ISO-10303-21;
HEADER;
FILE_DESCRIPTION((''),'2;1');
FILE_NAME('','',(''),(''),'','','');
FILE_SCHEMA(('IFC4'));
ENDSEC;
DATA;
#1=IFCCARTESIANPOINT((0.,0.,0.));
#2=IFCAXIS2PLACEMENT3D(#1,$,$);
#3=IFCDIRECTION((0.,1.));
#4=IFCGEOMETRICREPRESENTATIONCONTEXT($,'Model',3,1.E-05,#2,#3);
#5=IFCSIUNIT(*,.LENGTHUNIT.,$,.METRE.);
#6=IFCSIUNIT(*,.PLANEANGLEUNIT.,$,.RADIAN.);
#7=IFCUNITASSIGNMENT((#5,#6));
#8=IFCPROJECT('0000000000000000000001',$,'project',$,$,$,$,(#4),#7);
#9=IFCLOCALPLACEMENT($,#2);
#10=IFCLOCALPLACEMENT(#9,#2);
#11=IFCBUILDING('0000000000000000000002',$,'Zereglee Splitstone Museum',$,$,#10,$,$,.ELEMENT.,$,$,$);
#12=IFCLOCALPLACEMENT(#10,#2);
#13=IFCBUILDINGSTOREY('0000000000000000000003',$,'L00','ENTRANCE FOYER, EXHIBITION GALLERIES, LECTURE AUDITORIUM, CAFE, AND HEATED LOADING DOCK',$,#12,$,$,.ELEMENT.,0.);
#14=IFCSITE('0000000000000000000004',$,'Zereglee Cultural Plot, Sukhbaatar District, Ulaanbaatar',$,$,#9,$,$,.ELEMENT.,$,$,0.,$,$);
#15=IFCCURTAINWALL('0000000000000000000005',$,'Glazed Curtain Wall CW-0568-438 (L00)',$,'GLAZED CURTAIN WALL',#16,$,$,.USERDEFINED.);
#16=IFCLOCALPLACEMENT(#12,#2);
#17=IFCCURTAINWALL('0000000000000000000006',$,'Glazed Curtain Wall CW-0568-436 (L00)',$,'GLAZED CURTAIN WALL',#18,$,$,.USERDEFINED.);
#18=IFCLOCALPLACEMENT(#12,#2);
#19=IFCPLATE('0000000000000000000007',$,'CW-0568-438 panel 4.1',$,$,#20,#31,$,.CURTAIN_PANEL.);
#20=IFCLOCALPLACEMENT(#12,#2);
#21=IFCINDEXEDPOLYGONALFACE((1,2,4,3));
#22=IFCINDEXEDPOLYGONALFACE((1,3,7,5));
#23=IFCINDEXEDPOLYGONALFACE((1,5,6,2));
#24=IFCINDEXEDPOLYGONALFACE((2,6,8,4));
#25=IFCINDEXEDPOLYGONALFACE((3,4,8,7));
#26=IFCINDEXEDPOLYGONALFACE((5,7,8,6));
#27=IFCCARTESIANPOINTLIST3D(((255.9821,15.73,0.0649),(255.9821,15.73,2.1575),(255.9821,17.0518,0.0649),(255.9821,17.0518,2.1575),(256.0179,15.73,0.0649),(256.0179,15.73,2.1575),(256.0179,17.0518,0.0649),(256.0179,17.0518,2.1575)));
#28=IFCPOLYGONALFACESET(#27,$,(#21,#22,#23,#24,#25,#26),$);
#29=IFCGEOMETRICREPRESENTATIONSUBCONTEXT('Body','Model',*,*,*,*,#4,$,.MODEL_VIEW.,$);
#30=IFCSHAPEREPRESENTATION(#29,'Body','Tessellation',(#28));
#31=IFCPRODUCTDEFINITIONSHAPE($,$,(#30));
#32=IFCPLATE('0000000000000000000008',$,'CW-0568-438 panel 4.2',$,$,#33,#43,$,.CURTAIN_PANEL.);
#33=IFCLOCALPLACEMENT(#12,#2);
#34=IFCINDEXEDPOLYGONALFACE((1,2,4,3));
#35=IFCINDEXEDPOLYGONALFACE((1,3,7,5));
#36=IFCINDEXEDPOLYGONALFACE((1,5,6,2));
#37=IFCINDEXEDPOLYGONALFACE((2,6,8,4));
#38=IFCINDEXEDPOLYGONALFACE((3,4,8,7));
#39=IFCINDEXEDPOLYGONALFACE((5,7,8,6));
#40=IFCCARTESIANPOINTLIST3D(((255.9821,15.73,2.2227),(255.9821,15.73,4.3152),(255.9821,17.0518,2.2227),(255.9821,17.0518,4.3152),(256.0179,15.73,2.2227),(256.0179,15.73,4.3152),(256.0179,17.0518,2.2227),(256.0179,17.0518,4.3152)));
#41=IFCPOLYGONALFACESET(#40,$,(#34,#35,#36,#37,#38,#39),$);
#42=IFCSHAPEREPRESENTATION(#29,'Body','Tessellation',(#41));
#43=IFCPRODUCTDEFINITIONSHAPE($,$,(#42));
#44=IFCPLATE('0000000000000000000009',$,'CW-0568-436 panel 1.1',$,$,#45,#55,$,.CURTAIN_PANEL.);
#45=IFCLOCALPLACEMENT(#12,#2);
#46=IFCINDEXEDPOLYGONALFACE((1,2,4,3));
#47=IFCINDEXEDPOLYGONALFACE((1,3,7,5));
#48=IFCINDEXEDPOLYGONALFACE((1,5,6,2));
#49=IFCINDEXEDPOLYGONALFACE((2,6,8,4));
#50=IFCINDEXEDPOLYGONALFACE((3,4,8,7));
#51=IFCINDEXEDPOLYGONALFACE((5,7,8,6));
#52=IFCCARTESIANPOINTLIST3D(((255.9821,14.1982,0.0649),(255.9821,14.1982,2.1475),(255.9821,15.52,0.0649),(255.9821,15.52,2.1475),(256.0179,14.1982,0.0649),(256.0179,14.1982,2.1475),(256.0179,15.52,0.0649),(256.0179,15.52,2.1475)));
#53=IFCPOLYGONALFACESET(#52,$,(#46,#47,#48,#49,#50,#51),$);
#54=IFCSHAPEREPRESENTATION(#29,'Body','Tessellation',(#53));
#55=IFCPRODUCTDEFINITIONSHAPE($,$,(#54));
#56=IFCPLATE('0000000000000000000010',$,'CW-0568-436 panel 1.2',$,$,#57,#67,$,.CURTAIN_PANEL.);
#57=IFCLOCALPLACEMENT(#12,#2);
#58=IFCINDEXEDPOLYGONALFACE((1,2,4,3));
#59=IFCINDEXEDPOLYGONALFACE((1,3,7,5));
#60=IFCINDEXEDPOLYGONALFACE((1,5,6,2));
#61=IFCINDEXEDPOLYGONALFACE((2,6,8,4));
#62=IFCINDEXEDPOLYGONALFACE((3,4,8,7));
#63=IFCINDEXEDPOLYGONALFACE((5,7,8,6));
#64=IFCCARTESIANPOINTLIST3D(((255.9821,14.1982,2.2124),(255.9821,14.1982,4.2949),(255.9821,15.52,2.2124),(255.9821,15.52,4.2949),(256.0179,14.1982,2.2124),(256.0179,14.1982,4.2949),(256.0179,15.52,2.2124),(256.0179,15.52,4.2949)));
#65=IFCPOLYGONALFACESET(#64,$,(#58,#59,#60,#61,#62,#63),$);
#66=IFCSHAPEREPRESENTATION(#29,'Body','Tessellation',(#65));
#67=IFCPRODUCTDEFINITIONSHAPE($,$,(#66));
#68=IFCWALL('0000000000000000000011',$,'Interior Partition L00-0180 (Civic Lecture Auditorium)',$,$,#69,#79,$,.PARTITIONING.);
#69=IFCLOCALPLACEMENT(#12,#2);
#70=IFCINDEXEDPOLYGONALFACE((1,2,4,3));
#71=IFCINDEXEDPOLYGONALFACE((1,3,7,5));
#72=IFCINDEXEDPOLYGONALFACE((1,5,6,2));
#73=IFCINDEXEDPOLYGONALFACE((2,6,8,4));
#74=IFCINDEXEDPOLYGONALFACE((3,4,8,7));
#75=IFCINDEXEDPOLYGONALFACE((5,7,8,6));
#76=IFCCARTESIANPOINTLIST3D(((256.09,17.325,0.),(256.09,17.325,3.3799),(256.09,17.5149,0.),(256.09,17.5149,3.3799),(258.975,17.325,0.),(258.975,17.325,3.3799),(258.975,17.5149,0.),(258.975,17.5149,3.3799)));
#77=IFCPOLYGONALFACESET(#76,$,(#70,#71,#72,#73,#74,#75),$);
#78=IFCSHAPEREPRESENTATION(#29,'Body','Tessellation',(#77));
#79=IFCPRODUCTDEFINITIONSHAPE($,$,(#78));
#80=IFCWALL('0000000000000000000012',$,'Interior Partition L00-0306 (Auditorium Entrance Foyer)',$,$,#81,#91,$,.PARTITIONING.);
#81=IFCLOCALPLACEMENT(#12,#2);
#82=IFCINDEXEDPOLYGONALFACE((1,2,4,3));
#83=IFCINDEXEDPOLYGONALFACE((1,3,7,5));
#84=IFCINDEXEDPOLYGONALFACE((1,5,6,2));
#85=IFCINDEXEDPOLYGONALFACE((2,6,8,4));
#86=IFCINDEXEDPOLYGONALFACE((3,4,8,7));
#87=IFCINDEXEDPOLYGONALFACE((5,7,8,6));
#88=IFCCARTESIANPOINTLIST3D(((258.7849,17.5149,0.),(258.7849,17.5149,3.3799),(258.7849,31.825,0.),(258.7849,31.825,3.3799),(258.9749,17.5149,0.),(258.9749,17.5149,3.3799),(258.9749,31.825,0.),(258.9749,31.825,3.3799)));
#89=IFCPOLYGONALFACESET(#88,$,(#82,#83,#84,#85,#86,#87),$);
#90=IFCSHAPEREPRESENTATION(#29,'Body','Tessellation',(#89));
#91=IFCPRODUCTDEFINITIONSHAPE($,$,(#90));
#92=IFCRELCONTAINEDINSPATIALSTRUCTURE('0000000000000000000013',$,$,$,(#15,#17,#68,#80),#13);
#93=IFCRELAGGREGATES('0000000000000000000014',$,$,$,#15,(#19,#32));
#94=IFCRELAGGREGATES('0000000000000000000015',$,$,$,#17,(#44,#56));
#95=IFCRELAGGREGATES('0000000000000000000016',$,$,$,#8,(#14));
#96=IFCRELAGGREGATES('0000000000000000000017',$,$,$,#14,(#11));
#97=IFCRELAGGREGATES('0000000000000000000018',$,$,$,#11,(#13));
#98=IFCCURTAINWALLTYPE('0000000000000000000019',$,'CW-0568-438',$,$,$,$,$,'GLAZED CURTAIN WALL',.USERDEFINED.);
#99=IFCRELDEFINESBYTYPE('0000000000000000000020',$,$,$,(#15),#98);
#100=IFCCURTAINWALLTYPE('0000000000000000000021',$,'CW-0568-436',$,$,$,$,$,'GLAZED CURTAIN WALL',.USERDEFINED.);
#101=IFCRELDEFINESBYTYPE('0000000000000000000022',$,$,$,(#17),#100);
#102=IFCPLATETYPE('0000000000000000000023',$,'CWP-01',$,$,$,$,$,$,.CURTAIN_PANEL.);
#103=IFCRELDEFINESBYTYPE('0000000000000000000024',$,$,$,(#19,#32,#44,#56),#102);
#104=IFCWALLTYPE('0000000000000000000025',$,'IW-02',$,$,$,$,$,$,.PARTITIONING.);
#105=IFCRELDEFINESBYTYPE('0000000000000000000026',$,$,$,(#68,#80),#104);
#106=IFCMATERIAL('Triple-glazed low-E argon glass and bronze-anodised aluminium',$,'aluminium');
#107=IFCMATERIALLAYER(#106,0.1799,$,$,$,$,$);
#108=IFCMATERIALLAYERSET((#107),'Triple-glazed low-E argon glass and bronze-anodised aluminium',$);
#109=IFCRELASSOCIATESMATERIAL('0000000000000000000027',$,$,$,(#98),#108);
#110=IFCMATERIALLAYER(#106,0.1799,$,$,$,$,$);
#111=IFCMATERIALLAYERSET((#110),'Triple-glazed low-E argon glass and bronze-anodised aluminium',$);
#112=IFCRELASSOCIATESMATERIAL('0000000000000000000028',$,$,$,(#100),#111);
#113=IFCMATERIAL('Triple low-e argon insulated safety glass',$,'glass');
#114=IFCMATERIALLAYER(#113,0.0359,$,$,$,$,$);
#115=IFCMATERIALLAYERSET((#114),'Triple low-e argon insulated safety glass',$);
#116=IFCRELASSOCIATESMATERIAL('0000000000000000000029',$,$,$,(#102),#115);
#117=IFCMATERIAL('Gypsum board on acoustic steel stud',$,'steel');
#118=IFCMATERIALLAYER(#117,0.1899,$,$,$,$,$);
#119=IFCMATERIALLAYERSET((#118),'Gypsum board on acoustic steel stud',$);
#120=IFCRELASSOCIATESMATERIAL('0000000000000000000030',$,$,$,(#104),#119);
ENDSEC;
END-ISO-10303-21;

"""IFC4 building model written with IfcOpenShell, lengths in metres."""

from ifc_helpers import new_model, si_unit, direction, frame, frame_2d, origin, origin_2d, place, context, subcontext, project, spatial, rectangle, extrude, material, layer, layer_set, type_object, element, aggregate, save


model = new_model("IFC4")

# Units and contexts
model_context = context("Model", 3, precision=1e-05, world=origin(), true_north=direction((0.0, 1.0)))
body_context = subcontext(model_context, "Body", "Model", "MODEL_VIEW")
ifc_project = project(units=[si_unit("LENGTHUNIT", "METRE"), si_unit("PLANEANGLEUNIT", "RADIAN")], contexts=[model_context])

# Site, building, storey
site_placement = place(None, origin())
site = spatial("IfcSite", under=ifc_project, at=site_placement, Name="Zereglee Cultural Plot, Sukhbaatar District, Ulaanbaatar", CompositionType="ELEMENT", RefElevation=0.0)
building_placement = place(site_placement, origin())
building = spatial("IfcBuilding", under=site, at=building_placement, Name="Zereglee Splitstone Museum", CompositionType="ELEMENT")
storey_placement = place(building_placement, origin())
storey = spatial("IfcBuildingStorey", under=building, at=storey_placement, Name="L00", Description="ENTRANCE FOYER, EXHIBITION GALLERIES, LECTURE AUDITORIUM, CAFE, AND HEATED LOADING DOCK", CompositionType="ELEMENT", Elevation=0.0)

# Curtain walls
ifc_material_1 = material(Name="Triple-glazed low-E argon glass and bronze-anodised aluminium", Category="aluminium")
ifc_layer_1 = layer(ifc_material_1, 0.1799)
ifc_layer_set_1 = layer_set([ifc_layer_1], Name="Triple-glazed low-E argon glass and bronze-anodised aluminium")
curtain_wall_type_1 = type_object("IfcCurtainWallType", Name="CW-0568-438", ElementType="GLAZED CURTAIN WALL", PredefinedType="USERDEFINED", material=ifc_layer_set_1)
curtain_wall_1_placement = place(storey_placement, origin())
curtain_wall_1 = element("IfcCurtainWall", 1, at=curtain_wall_1_placement, inside=storey, type_object=curtain_wall_type_1, Name="Glazed Curtain Wall CW-0568-438 (L00)", ObjectType="GLAZED CURTAIN WALL", PredefinedType="USERDEFINED")
ifc_layer_2 = layer(ifc_material_1, 0.1799)
ifc_layer_set_2 = layer_set([ifc_layer_2], Name="Triple-glazed low-E argon glass and bronze-anodised aluminium")
curtain_wall_type_2 = type_object("IfcCurtainWallType", Name="CW-0568-436", ElementType="GLAZED CURTAIN WALL", PredefinedType="USERDEFINED", material=ifc_layer_set_2)
curtain_wall_2_placement = place(storey_placement, origin())
curtain_wall_2 = element("IfcCurtainWall", 2, at=curtain_wall_2_placement, inside=storey, type_object=curtain_wall_type_2, Name="Glazed Curtain Wall CW-0568-436 (L00)", ObjectType="GLAZED CURTAIN WALL", PredefinedType="USERDEFINED")

# Plates
ifc_material_2 = material(Name="Triple low-e argon insulated safety glass", Category="glass")
ifc_layer_3 = layer(ifc_material_2, 0.0359)
ifc_layer_set_3 = layer_set([ifc_layer_3], Name="Triple low-e argon insulated safety glass")
plate_type = type_object("IfcPlateType", Name="CWP-01", PredefinedType="CURTAIN_PANEL", material=ifc_layer_set_3)
plate_1_placement = place(storey_placement, frame((256.0, 16.3909, 0.0649), z_axis=(0.0, 0.0, 1.0), x_axis=(0.0, -1.0, 0.0)))
plate_1 = element("IfcPlate", 3, at=plate_1_placement, type_object=plate_type, Name="CW-0568-438 panel 4.1", PredefinedType="CURTAIN_PANEL", context=body_context, shape_type="SweptSolid", body=[
    extrude(rectangle(XDim=1.3218, YDim=0.0359, at=origin_2d()), origin(), (0.0, 0.0, 1.0), 2.0925),
])
plate_2_placement = place(storey_placement, frame((256.0, 16.3909, 2.2227), z_axis=(0.0, 0.0, 1.0), x_axis=(0.0, -1.0, 0.0)))
plate_2 = element("IfcPlate", 4, at=plate_2_placement, type_object=plate_type, Name="CW-0568-438 panel 4.2", PredefinedType="CURTAIN_PANEL", context=body_context, shape_type="SweptSolid", body=[
    extrude(rectangle(XDim=1.3218, YDim=0.0359, at=origin_2d()), origin(), (0.0, 0.0, 1.0), 2.0925),
])
aggregate(curtain_wall_1, [plate_1, plate_2])
plate_3_placement = place(storey_placement, frame((256.0, 14.8591, 0.0649), z_axis=(0.0, 0.0, 1.0), x_axis=(0.0, -1.0, 0.0)))
plate_3 = element("IfcPlate", 5, at=plate_3_placement, type_object=plate_type, Name="CW-0568-436 panel 1.1", PredefinedType="CURTAIN_PANEL", context=body_context, shape_type="SweptSolid", body=[
    extrude(rectangle(XDim=1.3218, YDim=0.0359, at=origin_2d()), origin(), (0.0, 0.0, 1.0), 2.0825),
])
plate_4_placement = place(storey_placement, frame((256.0, 14.8591, 2.2124), z_axis=(0.0, 0.0, 1.0), x_axis=(0.0, -1.0, 0.0)))
plate_4 = element("IfcPlate", 6, at=plate_4_placement, type_object=plate_type, Name="CW-0568-436 panel 1.2", PredefinedType="CURTAIN_PANEL", context=body_context, shape_type="SweptSolid", body=[
    extrude(rectangle(XDim=1.3218, YDim=0.0359, at=origin_2d()), origin(), (0.0, 0.0, 1.0), 2.0825),
])
aggregate(curtain_wall_2, [plate_3, plate_4])

# Walls
ifc_material_3 = material(Name="Gypsum board on acoustic steel stud", Category="steel")
ifc_layer_4 = layer(ifc_material_3, 0.1899)
ifc_layer_set_4 = layer_set([ifc_layer_4], Name="Gypsum board on acoustic steel stud")
wall_type = type_object("IfcWallType", Name="IW-02", PredefinedType="PARTITIONING", material=ifc_layer_set_4)
wall_1_placement = place(storey_placement, frame((256.0901, 17.4199, 0.0), z_axis=(0.0, 0.0, 1.0), x_axis=(1.0, 0.0, 0.0)))
element("IfcWall", 7, at=wall_1_placement, inside=storey, type_object=wall_type, Name="Interior Partition L00-0180 (Civic Lecture Auditorium)", PredefinedType="PARTITIONING", context=body_context, shape_type="SweptSolid", body=[
    extrude(rectangle(XDim=2.885, YDim=0.1899, at=frame_2d((1.4424, 0.0))), origin(), (0.0, 0.0, 1.0), 3.3799),
])
wall_2_placement = place(storey_placement, frame((258.8799, 17.5149, 0.0), z_axis=(0.0, 0.0, 1.0), x_axis=(0.0, 1.0, 0.0)))
element("IfcWall", 8, at=wall_2_placement, inside=storey, type_object=wall_type, Name="Interior Partition L00-0306 (Auditorium Entrance Foyer)", PredefinedType="PARTITIONING", context=body_context, shape_type="SweptSolid", body=[
    extrude(rectangle(XDim=14.3101, YDim=0.1899, at=frame_2d((7.155, 0.0))), origin(), (0.0, 0.0, 1.0), 3.3799),
])

save(model, "model.ifc")
